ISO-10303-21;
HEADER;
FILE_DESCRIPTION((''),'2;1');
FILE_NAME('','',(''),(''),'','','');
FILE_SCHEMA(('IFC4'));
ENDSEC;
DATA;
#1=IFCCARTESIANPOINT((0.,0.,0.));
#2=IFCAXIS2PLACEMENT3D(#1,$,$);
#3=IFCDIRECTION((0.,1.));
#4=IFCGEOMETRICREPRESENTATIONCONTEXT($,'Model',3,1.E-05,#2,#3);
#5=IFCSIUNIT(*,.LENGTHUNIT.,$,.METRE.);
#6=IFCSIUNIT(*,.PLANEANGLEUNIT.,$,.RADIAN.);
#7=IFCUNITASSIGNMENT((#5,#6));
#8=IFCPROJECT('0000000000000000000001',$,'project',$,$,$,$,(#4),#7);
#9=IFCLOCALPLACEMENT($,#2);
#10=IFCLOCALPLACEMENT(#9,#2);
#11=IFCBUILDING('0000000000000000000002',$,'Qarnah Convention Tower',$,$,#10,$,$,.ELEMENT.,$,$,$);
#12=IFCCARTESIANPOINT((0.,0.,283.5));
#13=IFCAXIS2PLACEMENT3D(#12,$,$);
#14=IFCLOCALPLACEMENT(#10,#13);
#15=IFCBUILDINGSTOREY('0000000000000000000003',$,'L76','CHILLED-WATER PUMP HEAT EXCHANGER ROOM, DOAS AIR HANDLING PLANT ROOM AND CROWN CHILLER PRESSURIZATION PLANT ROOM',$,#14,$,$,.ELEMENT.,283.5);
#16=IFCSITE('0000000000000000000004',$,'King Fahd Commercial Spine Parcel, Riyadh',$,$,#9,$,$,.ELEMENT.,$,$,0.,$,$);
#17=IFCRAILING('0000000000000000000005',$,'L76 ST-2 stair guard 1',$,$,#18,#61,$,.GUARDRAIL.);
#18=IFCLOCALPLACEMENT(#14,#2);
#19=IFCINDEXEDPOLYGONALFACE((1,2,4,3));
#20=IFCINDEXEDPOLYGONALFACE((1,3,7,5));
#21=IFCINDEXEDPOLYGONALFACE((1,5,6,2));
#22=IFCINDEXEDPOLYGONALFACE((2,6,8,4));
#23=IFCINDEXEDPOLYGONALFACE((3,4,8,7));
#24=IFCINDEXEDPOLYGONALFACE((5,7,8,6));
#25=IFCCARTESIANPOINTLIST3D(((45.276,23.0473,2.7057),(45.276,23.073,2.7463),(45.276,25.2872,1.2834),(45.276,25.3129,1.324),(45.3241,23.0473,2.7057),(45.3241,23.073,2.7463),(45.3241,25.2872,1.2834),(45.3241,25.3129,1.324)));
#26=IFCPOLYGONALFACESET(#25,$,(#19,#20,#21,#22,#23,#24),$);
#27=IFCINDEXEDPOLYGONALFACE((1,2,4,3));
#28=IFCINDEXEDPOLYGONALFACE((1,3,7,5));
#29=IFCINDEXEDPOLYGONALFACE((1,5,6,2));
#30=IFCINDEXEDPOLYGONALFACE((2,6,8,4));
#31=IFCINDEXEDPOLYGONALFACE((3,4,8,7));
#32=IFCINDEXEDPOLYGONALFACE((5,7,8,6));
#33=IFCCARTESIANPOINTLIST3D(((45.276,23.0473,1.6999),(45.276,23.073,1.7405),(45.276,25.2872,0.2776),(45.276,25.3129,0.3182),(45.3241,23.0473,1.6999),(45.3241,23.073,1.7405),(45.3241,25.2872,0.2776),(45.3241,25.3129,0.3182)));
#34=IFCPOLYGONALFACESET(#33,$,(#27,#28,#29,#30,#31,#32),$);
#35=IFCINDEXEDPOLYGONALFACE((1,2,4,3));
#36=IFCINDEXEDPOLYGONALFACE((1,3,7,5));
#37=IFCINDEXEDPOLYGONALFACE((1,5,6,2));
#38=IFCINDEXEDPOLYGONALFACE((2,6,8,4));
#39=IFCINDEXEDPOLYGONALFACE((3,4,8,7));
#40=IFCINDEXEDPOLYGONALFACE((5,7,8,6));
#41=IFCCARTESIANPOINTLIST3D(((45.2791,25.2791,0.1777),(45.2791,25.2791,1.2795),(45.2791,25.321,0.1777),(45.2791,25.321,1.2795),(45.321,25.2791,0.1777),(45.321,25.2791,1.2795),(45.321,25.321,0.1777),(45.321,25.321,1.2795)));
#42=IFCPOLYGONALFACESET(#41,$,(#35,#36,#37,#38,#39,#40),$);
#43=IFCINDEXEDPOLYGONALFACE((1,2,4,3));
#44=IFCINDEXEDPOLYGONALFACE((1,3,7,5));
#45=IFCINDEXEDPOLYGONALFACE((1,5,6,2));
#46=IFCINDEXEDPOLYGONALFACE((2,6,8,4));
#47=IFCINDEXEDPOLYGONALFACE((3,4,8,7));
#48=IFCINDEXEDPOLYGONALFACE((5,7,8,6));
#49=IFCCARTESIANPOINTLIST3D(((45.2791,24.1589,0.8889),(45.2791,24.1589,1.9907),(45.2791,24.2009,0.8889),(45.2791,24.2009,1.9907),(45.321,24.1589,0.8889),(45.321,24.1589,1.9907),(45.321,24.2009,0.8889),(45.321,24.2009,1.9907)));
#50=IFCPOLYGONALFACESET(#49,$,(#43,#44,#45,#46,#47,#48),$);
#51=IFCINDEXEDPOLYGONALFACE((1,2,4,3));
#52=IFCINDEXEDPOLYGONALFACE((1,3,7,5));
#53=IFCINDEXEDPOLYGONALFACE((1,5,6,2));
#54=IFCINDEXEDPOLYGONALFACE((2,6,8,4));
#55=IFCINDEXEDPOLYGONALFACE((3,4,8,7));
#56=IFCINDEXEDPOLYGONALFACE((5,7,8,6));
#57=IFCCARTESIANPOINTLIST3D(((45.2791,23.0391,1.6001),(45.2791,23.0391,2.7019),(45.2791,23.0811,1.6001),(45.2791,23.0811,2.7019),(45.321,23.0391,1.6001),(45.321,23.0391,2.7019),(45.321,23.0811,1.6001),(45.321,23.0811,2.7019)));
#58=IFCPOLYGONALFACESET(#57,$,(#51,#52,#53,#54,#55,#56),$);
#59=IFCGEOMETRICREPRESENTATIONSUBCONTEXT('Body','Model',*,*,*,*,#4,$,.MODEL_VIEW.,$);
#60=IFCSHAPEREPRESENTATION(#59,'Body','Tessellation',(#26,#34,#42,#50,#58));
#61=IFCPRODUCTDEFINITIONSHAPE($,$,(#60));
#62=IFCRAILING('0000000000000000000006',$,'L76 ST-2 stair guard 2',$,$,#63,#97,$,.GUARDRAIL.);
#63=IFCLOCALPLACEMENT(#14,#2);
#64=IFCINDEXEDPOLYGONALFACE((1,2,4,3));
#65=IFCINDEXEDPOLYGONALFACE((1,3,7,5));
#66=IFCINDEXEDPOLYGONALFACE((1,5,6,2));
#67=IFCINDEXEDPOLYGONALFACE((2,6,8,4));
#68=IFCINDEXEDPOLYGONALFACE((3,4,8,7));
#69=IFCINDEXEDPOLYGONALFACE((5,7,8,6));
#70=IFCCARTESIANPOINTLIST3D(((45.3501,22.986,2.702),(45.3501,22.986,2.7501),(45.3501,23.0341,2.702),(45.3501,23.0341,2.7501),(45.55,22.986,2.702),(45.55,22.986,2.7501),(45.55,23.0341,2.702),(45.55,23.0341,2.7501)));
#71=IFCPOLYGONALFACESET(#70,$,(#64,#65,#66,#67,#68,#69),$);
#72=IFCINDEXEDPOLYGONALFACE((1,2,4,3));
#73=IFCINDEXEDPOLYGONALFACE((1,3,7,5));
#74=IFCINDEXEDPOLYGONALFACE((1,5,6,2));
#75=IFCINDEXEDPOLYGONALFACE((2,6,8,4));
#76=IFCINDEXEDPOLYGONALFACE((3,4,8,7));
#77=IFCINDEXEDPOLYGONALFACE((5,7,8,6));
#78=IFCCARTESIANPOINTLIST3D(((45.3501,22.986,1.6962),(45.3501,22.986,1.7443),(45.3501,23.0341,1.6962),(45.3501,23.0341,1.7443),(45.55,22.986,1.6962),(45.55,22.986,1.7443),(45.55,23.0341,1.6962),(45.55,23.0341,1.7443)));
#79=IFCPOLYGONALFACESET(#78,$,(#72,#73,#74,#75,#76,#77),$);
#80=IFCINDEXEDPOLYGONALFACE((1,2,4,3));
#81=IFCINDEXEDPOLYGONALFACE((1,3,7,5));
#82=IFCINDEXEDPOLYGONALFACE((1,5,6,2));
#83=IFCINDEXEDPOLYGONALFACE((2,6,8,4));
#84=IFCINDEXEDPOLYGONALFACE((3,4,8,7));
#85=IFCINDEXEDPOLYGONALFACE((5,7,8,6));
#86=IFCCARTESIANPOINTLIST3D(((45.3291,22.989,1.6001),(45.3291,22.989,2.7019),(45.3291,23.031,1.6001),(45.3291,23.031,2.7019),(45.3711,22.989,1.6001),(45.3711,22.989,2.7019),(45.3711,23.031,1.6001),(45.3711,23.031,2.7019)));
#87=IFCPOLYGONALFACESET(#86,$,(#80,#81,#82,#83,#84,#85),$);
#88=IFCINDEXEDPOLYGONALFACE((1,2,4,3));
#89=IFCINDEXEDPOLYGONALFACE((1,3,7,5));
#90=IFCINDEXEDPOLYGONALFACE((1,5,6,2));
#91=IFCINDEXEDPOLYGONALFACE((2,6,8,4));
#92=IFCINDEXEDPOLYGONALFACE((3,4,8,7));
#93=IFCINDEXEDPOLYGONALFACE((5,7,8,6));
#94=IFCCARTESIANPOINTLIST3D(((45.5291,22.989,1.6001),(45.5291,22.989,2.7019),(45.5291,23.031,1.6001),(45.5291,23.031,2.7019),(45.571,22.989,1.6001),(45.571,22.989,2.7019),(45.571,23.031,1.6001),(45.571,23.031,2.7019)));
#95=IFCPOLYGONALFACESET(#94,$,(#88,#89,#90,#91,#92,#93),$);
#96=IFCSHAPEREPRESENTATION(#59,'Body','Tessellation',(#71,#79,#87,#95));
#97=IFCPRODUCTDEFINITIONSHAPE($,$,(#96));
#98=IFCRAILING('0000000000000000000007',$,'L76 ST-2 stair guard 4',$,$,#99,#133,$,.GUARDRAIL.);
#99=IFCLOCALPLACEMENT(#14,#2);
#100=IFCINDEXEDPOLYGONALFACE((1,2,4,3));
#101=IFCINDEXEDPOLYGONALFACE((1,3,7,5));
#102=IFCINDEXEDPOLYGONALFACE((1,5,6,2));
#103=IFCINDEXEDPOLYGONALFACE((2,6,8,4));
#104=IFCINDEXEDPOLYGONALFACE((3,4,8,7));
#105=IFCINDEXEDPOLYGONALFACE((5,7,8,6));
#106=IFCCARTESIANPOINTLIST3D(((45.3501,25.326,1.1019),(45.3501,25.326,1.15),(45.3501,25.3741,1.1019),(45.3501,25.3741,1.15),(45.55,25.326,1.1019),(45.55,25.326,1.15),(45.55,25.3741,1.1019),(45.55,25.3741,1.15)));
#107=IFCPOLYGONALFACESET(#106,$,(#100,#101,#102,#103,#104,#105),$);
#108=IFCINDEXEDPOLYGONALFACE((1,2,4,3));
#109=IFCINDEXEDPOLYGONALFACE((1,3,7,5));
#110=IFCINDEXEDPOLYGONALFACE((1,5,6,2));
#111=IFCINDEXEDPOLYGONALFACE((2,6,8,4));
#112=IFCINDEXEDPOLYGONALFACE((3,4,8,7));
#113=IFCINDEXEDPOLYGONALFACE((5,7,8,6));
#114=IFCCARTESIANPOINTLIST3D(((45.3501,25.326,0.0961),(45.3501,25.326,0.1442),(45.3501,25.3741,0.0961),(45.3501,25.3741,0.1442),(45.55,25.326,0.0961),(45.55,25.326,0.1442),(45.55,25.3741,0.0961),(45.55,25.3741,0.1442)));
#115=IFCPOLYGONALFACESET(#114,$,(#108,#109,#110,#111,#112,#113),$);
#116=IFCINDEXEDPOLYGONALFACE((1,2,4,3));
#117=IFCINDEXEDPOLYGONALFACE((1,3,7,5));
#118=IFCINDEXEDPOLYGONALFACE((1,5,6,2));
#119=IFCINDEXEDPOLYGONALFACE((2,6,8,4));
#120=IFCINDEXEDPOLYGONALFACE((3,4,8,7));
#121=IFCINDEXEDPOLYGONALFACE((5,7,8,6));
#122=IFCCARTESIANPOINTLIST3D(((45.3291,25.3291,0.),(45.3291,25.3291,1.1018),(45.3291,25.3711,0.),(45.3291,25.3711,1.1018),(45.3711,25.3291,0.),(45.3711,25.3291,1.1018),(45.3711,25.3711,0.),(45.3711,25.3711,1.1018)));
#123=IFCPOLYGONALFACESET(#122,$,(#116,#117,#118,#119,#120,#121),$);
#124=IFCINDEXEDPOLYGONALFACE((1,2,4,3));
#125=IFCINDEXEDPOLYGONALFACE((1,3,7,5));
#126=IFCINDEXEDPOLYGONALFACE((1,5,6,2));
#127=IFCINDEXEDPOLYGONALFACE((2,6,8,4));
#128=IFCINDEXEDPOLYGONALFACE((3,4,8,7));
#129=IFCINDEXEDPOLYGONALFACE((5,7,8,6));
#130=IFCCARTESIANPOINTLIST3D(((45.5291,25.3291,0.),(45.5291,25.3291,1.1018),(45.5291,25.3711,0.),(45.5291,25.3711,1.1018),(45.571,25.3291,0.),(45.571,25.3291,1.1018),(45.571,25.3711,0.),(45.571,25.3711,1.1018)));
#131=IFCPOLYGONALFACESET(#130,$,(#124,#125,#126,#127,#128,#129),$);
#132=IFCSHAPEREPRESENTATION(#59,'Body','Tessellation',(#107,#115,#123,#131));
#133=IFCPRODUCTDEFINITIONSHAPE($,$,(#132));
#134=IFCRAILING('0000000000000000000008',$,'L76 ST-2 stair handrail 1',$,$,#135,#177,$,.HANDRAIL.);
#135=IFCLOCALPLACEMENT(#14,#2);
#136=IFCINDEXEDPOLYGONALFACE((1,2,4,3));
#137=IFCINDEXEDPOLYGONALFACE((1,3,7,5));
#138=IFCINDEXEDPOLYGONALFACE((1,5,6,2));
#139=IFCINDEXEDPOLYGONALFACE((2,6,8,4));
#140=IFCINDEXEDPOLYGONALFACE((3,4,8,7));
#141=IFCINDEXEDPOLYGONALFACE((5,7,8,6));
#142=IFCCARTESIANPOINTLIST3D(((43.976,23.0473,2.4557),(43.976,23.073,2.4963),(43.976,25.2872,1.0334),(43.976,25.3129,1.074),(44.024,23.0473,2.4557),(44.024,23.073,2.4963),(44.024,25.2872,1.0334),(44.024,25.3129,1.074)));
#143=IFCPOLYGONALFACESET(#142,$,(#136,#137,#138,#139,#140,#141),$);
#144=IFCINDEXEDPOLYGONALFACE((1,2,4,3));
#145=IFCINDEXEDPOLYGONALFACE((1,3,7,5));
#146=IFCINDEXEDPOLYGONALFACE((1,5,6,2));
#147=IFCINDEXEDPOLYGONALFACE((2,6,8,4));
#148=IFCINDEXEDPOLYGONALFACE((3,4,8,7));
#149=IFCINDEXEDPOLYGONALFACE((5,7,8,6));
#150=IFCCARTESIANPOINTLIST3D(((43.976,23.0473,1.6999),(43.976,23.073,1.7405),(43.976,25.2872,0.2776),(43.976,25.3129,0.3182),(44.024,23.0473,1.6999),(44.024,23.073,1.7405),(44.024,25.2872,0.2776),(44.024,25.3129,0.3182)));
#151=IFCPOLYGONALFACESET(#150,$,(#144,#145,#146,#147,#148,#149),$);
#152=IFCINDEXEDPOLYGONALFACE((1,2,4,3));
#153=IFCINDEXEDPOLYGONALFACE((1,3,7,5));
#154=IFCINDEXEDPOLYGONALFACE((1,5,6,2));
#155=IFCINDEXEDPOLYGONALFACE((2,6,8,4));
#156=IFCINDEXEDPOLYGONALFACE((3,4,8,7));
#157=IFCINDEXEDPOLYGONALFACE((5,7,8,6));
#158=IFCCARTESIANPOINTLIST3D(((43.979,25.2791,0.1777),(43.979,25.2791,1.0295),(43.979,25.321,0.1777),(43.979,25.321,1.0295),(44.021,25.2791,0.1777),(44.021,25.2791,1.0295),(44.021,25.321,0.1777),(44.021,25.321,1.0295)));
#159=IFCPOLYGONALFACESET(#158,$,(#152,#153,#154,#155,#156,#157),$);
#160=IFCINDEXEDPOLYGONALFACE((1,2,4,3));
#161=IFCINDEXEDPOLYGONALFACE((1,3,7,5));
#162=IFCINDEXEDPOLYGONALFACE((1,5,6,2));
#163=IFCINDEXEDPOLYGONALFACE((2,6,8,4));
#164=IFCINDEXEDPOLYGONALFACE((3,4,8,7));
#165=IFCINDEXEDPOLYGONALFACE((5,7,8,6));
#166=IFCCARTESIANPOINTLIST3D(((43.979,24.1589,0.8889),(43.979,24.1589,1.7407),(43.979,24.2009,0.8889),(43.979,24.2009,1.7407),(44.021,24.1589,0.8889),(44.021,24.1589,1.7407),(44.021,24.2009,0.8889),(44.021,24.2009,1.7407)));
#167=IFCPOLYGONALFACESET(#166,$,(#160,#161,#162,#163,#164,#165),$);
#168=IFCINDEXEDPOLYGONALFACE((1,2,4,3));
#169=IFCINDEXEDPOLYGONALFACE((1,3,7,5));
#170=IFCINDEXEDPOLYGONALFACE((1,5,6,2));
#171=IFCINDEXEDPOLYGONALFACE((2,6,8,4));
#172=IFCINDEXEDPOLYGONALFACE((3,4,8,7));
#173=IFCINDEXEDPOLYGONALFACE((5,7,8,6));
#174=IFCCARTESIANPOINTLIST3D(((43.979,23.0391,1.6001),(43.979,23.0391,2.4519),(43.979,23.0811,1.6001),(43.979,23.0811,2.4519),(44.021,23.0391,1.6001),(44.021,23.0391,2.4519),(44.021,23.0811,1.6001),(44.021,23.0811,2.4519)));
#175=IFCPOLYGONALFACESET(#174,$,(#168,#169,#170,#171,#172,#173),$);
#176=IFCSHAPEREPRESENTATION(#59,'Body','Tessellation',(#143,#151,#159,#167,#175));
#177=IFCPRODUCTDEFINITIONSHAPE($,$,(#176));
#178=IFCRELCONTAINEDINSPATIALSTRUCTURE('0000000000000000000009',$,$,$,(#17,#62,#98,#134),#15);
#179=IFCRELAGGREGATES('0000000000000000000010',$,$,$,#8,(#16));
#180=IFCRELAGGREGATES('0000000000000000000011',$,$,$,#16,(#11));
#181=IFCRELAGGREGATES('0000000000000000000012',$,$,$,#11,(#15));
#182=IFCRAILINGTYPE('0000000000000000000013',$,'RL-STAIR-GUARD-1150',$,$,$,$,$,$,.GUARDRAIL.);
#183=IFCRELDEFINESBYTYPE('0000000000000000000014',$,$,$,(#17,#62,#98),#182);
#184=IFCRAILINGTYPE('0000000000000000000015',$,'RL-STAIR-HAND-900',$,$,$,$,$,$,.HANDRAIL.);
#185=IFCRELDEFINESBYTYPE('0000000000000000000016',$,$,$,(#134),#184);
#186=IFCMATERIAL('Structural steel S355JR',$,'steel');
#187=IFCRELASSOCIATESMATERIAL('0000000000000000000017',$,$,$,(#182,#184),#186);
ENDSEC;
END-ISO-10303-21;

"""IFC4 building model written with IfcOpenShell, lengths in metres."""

from ifc_helpers import new_model, si_unit, direction, frame, origin, origin_2d, place, context, subcontext, project, spatial, rectangle, extrude, material, type_object, element, save


model = new_model("IFC4")

# Units and contexts
model_context = context("Model", 3, precision=1e-05, world=origin(), true_north=direction((0.0, 1.0)))
body_context = subcontext(model_context, "Body", "Model", "MODEL_VIEW")
ifc_project = project(units=[si_unit("LENGTHUNIT", "METRE"), si_unit("PLANEANGLEUNIT", "RADIAN")], contexts=[model_context])

# Site, building, storey
site_placement = place(None, origin())
site = spatial("IfcSite", under=ifc_project, at=site_placement, Name="King Fahd Commercial Spine Parcel, Riyadh", CompositionType="ELEMENT", RefElevation=0.0)
building_placement = place(site_placement, origin())
building = spatial("IfcBuilding", under=site, at=building_placement, Name="Qarnah Convention Tower", CompositionType="ELEMENT")
storey_placement = place(building_placement, frame((0.0, 0.0, 283.5)))
storey = spatial("IfcBuildingStorey", under=building, at=storey_placement, Name="L76", Description="CHILLED-WATER PUMP HEAT EXCHANGER ROOM, DOAS AIR HANDLING PLANT ROOM AND CROWN CHILLER PRESSURIZATION PLANT ROOM", CompositionType="ELEMENT", Elevation=283.5)

# Shared definitions
ifc_material_1 = material(Name="Structural steel S355JR", Category="steel")

# Railings
railing_type_1 = type_object("IfcRailingType", Name="RL-STAIR-GUARD-1150", PredefinedType="GUARDRAIL", material=ifc_material_1)
railing_1_placement = place(storey_placement, frame((45.3, 25.3, 0.1777)))
element("IfcRailing", 1, at=railing_1_placement, inside=storey, type_object=railing_type_1, Name="L76 ST-2 stair guard 1", PredefinedType="GUARDRAIL", context=body_context, shape_type="SweptSolid", body=[
    extrude(rectangle(XDim=0.0481, YDim=0.0481, at=origin_2d()), frame((0.0, 0.0, 1.126), z_axis=(0.0, -0.844188, 0.536048), x_axis=(1.0, 0.0, 0.0)), (0.0, 0.0, 1.0), 2.6533),
    extrude(rectangle(XDim=0.0481, YDim=0.0481, at=origin_2d()), frame((0.0, 0.0, 0.1201), z_axis=(0.0, -0.844188, 0.536048), x_axis=(1.0, 0.0, 0.0)), (0.0, 0.0, 1.0), 2.6533),
    extrude(rectangle(XDim=0.042, YDim=0.042, at=origin_2d()), origin(), (0.0, 0.0, 1.0), 1.1018),
    extrude(rectangle(XDim=0.042, YDim=0.042, at=origin_2d()), frame((0.0, -1.1201, 0.7112)), (0.0, 0.0, 1.0), 1.1018),
    extrude(rectangle(XDim=0.042, YDim=0.042, at=origin_2d()), frame((0.0, -2.24, 1.4224)), (0.0, 0.0, 1.0), 1.1018),
])
for number, where, name in (
    (2, (45.3501, 23.01, 1.6001), "L76 ST-2 stair guard 2"),
    (3, (45.3501, 25.3501, 0.0), "L76 ST-2 stair guard 4"),
):
    element("IfcRailing", number, at=place(storey_placement, frame(where)), inside=storey, type_object=railing_type_1, Name=name, PredefinedType="GUARDRAIL", context=body_context, shape_type="SweptSolid", body=[
        extrude(rectangle(XDim=0.0481, YDim=0.0481, at=origin_2d()), frame((0.0, 0.0, 1.126), z_axis=(1.0, 0.0, 0.0), x_axis=(0.0, 1.0, 0.0)), (0.0, 0.0, 1.0), 0.2),
        extrude(rectangle(XDim=0.0481, YDim=0.0481, at=origin_2d()), frame((0.0, 0.0, 0.1201), z_axis=(1.0, 0.0, 0.0), x_axis=(0.0, 1.0, 0.0)), (0.0, 0.0, 1.0), 0.2),
        extrude(rectangle(XDim=0.042, YDim=0.042, at=origin_2d()), origin(), (0.0, 0.0, 1.0), 1.1018),
        extrude(rectangle(XDim=0.042, YDim=0.042, at=origin_2d()), frame((0.2, 0.0, 0.0)), (0.0, 0.0, 1.0), 1.1018),
    ])
railing_type_2 = type_object("IfcRailingType", Name="RL-STAIR-HAND-900", PredefinedType="HANDRAIL", material=ifc_material_1)
railing_2_placement = place(storey_placement, frame((44.0, 25.3, 0.1777)))
element("IfcRailing", 4, at=railing_2_placement, inside=storey, type_object=railing_type_2, Name="L76 ST-2 stair handrail 1", PredefinedType="HANDRAIL", context=body_context, shape_type="SweptSolid", body=[
    extrude(rectangle(XDim=0.0481, YDim=0.0481, at=origin_2d()), frame((0.0, 0.0, 0.876), z_axis=(0.0, -0.844188, 0.536048), x_axis=(1.0, 0.0, 0.0)), (0.0, 0.0, 1.0), 2.6533),
    extrude(rectangle(XDim=0.0481, YDim=0.0481, at=origin_2d()), frame((0.0, 0.0, 0.1201), z_axis=(0.0, -0.844188, 0.536048), x_axis=(1.0, 0.0, 0.0)), (0.0, 0.0, 1.0), 2.6533),
    extrude(rectangle(XDim=0.042, YDim=0.042, at=origin_2d()), origin(), (0.0, 0.0, 1.0), 0.8518),
    extrude(rectangle(XDim=0.042, YDim=0.042, at=origin_2d()), frame((0.0, -1.1201, 0.7112)), (0.0, 0.0, 1.0), 0.8518),
    extrude(rectangle(XDim=0.042, YDim=0.042, at=origin_2d()), frame((0.0, -2.24, 1.4224)), (0.0, 0.0, 1.0), 0.8518),
])

save(model, "model.ifc")
